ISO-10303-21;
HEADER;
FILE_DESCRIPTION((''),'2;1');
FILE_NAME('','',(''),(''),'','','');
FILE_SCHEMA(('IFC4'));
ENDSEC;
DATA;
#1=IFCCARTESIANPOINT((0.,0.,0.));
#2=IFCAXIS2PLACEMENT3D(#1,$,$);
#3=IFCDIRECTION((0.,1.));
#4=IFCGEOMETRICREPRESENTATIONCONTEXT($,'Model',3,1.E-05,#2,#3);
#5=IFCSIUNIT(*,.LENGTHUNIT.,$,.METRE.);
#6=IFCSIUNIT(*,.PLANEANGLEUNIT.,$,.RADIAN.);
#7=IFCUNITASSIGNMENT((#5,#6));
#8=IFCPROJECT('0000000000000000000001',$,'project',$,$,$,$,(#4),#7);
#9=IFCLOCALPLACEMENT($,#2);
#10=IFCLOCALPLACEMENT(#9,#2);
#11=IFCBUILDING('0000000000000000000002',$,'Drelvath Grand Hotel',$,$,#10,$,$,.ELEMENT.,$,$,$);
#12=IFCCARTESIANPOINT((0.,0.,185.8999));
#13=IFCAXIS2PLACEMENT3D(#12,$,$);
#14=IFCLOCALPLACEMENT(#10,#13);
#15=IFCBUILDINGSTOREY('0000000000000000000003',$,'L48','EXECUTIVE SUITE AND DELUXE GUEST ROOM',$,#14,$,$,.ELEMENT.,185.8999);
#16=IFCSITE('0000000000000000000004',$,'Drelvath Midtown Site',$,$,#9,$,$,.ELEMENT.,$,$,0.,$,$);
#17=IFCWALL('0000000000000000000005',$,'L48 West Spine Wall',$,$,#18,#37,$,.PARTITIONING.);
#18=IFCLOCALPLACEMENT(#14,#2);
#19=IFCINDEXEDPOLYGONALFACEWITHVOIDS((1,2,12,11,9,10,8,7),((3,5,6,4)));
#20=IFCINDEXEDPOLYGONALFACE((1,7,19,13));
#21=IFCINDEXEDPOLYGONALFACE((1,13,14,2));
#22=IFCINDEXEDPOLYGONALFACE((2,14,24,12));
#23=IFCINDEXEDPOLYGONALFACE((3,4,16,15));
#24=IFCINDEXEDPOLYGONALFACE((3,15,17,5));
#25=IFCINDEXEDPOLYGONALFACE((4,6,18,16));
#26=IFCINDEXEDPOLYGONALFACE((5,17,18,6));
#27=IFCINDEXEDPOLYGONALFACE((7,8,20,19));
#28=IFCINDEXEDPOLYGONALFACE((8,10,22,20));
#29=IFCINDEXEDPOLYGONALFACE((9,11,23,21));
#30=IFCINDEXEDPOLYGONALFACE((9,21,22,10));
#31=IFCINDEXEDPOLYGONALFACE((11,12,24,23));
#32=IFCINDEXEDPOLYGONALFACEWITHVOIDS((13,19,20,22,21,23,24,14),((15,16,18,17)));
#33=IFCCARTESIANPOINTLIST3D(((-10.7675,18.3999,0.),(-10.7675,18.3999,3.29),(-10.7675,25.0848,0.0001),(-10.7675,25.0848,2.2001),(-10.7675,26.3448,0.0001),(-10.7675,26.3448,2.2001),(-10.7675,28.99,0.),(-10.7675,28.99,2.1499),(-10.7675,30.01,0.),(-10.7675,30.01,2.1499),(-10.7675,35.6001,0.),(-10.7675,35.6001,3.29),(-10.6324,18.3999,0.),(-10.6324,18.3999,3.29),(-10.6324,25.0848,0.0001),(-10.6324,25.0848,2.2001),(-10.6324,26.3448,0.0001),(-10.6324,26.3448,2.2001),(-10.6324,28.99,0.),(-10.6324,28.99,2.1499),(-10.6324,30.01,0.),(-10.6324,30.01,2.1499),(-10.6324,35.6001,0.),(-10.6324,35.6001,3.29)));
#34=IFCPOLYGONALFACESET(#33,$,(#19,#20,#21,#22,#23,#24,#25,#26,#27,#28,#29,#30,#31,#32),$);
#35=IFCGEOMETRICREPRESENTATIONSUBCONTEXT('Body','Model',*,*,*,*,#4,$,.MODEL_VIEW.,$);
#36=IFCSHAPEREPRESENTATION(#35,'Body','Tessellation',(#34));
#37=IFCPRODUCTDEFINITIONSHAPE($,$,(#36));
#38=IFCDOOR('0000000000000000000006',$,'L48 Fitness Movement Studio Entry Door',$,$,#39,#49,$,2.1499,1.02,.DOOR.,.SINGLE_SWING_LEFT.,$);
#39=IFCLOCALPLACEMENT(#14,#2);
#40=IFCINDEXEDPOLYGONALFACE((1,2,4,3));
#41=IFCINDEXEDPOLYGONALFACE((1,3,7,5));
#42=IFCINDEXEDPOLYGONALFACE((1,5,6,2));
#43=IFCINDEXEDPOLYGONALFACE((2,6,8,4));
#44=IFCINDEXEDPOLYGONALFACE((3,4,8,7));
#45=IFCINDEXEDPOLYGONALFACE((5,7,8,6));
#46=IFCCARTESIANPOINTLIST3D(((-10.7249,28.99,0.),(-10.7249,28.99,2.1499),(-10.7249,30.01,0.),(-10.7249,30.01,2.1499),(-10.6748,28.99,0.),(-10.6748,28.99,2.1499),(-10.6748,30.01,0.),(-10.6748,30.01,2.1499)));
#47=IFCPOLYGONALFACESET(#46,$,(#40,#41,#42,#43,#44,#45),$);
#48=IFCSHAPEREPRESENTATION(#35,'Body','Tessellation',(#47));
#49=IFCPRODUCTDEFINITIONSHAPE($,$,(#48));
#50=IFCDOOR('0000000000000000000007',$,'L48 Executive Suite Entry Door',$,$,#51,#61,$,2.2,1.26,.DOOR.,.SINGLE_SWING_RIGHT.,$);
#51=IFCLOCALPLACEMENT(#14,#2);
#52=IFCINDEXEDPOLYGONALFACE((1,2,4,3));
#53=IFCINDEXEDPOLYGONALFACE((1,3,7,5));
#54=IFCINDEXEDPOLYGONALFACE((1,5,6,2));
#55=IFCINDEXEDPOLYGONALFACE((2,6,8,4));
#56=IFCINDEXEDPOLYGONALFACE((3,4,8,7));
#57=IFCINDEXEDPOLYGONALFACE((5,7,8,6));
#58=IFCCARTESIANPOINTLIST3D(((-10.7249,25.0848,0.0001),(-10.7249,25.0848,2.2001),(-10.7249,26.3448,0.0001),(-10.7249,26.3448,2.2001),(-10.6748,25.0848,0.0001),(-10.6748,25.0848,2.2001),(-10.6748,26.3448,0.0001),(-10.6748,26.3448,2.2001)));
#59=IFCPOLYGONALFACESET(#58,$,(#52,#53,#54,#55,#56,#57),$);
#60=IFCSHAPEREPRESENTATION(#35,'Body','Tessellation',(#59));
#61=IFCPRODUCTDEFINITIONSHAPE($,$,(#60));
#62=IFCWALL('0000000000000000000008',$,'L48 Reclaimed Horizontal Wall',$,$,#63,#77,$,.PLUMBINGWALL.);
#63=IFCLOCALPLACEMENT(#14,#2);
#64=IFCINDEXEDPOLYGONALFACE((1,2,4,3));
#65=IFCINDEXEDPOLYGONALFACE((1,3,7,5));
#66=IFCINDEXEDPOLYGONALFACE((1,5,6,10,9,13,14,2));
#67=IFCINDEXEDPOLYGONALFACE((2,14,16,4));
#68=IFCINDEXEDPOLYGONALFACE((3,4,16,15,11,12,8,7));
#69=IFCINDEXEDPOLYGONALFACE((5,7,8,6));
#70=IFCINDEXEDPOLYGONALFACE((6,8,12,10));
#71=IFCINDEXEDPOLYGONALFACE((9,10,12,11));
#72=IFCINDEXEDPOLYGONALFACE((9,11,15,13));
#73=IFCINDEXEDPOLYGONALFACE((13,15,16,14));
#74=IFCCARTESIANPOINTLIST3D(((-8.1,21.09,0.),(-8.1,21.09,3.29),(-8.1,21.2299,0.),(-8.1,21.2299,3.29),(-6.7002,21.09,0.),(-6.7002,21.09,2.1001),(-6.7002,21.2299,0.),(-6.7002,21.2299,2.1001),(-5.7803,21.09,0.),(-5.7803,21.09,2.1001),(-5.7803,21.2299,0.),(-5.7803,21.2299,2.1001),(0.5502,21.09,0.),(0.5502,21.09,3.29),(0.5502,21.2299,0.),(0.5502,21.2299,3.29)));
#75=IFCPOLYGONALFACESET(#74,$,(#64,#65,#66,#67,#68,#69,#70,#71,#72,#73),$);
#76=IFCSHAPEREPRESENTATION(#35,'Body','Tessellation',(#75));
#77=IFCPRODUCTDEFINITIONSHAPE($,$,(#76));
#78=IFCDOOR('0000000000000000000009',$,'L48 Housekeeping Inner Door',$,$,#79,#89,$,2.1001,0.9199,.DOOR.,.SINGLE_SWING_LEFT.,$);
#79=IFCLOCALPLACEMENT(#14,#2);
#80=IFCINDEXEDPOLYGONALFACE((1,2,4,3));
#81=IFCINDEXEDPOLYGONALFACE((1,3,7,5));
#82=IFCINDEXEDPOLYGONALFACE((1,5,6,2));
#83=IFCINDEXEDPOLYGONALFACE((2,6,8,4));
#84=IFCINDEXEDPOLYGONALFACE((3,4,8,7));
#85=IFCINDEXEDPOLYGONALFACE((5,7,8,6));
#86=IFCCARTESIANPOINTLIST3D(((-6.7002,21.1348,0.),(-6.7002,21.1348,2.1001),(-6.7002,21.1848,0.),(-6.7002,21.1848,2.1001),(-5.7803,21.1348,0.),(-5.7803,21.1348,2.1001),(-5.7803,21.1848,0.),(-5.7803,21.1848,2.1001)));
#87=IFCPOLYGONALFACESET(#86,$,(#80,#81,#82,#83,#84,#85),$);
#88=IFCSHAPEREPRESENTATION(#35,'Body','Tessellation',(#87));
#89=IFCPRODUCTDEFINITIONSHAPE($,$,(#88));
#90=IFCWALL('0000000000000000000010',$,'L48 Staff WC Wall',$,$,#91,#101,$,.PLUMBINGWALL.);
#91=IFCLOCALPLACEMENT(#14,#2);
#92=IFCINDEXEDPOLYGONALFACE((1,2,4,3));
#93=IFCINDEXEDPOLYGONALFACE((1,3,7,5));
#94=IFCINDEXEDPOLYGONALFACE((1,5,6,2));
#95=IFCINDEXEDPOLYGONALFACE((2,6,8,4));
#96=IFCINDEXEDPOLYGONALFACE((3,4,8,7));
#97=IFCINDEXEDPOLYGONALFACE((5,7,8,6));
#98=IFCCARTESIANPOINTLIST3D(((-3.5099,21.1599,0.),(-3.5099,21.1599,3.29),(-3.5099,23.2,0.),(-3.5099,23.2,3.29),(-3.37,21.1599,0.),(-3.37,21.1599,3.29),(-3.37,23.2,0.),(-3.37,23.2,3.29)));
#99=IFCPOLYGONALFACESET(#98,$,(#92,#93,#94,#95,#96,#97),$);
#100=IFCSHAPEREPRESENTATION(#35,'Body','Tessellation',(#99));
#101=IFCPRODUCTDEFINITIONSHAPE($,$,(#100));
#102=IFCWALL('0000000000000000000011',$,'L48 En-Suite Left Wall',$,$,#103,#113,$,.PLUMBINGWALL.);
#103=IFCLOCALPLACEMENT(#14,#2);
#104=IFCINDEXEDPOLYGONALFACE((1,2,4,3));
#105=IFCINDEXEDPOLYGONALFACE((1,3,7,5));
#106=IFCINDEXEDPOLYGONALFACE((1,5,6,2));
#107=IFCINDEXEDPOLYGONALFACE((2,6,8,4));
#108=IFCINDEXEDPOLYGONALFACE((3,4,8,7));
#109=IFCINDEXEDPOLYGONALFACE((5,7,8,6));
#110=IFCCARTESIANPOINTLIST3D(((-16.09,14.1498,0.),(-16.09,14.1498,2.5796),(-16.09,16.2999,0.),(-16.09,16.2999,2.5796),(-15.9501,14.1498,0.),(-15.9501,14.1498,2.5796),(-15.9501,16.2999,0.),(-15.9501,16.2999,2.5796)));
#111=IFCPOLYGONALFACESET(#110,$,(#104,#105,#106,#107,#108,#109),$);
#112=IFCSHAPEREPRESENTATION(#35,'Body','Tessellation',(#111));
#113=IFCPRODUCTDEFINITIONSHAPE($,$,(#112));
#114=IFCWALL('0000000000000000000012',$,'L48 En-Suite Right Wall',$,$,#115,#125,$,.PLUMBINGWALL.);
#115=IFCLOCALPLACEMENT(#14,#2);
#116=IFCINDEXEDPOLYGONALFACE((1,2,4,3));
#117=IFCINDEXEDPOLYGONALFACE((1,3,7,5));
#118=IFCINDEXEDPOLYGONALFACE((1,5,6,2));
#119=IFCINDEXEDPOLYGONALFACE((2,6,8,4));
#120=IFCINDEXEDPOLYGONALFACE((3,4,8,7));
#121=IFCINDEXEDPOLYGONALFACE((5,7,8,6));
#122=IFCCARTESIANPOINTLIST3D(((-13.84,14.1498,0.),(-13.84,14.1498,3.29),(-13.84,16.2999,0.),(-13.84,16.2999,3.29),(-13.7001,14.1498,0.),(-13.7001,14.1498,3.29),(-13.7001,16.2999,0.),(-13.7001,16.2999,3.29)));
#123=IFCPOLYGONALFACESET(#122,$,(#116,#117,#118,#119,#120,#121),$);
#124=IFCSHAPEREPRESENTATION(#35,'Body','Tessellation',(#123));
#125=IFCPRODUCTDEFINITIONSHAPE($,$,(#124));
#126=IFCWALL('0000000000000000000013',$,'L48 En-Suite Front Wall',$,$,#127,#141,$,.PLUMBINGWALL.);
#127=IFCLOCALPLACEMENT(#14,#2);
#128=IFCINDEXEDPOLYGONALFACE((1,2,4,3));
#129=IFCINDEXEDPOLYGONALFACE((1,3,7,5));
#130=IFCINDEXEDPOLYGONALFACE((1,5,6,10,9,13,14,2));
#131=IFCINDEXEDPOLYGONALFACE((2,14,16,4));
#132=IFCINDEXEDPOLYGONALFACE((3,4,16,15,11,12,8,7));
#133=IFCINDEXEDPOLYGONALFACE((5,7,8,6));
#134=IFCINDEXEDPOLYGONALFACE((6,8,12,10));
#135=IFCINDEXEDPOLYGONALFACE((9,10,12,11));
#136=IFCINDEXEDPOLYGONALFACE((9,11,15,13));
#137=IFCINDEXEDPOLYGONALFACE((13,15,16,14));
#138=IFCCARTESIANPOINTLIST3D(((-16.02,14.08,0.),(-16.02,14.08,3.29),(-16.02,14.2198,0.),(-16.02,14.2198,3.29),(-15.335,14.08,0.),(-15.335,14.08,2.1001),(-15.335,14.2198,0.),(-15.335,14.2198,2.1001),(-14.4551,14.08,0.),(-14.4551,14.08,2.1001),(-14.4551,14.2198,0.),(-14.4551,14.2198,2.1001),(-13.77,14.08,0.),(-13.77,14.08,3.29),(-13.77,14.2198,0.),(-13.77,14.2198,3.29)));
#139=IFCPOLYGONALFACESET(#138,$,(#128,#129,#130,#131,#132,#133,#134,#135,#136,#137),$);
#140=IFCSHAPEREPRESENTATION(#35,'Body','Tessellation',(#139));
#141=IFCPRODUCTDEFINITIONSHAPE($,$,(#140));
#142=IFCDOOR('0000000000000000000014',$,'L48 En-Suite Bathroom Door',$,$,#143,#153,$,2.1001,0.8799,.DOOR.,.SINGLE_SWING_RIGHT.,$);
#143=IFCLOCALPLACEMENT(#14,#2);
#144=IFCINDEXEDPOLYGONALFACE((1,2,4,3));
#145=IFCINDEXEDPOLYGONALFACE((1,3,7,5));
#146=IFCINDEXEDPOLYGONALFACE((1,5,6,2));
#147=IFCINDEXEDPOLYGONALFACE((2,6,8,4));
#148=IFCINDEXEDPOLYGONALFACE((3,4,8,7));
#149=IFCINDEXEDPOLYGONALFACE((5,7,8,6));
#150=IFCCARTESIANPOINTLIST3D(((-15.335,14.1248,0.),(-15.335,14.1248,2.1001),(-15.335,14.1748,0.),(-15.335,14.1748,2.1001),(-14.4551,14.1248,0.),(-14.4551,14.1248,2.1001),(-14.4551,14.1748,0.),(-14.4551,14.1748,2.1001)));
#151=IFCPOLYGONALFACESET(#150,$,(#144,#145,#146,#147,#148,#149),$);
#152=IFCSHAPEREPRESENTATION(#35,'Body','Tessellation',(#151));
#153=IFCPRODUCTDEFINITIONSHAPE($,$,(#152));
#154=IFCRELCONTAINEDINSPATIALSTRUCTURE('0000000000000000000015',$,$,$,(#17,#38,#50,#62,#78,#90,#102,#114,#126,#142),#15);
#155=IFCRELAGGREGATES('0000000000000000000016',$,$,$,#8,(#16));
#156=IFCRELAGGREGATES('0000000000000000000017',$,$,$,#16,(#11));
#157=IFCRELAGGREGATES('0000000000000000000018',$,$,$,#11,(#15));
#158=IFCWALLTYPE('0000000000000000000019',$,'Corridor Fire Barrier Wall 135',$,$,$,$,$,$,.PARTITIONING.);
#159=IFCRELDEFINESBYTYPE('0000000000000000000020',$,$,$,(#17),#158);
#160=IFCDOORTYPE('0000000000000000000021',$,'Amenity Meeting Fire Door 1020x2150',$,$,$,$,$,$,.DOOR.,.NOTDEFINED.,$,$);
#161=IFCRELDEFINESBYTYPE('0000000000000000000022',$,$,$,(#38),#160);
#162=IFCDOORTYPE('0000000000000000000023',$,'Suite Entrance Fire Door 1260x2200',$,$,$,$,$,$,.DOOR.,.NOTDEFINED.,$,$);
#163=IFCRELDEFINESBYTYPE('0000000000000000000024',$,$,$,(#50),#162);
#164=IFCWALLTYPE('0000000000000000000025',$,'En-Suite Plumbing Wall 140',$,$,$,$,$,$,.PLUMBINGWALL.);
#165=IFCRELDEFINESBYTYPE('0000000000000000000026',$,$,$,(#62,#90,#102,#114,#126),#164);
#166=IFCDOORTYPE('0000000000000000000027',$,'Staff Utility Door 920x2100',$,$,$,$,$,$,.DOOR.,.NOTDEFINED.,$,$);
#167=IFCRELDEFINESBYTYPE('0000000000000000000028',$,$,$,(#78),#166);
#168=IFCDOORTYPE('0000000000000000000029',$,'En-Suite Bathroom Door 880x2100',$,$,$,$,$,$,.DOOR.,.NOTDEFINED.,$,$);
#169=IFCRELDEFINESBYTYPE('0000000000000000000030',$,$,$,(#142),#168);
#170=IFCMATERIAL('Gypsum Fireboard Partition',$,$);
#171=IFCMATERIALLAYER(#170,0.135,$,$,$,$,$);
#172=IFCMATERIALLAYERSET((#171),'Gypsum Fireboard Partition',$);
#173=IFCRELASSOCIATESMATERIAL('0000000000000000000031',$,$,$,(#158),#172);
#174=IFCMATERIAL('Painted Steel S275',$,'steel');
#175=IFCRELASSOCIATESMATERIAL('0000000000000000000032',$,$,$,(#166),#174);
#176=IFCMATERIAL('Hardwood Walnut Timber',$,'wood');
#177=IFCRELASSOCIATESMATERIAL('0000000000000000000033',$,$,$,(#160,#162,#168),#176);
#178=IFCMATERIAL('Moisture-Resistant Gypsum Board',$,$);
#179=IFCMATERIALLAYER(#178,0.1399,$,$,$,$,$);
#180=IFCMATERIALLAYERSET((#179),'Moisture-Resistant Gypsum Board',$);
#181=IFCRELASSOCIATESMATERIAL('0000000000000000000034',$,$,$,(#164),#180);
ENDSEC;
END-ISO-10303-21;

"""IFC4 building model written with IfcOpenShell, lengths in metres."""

from ifc_helpers import new_model, si_unit, direction, frame, frame_2d, origin, place, context, subcontext, project, spatial, rectangle, extrude, material, layer, layer_set, type_object, element, fill, save


model = new_model("IFC4")

# Units and contexts
model_context = context("Model", 3, precision=1e-05, world=origin(), true_north=direction((0.0, 1.0)))
body_context = subcontext(model_context, "Body", "Model", "MODEL_VIEW")
ifc_project = project(units=[si_unit("LENGTHUNIT", "METRE"), si_unit("PLANEANGLEUNIT", "RADIAN")], contexts=[model_context])

# Site, building, storey
site_placement = place(None, origin())
site = spatial("IfcSite", under=ifc_project, at=site_placement, Name="Drelvath Midtown Site", CompositionType="ELEMENT", RefElevation=0.0)
building_placement = place(site_placement, origin())
building = spatial("IfcBuilding", under=site, at=building_placement, Name="Drelvath Grand Hotel", CompositionType="ELEMENT")
storey_placement = place(building_placement, frame((0.0, 0.0, 185.8999)))
storey = spatial("IfcBuildingStorey", under=building, at=storey_placement, Name="L48", Description="EXECUTIVE SUITE AND DELUXE GUEST ROOM", CompositionType="ELEMENT", Elevation=185.8999)

# Shared definitions
ifc_material_1 = material(Name="Gypsum Fireboard Partition")
ifc_layer_1 = layer(ifc_material_1, 0.135)
ifc_layer_set_1 = layer_set([ifc_layer_1], Name="Gypsum Fireboard Partition")
wall_type_1 = type_object("IfcWallType", Name="Corridor Fire Barrier Wall 135", PredefinedType="PARTITIONING", material=ifc_layer_set_1)
ifc_material_2 = material(Name="Painted Steel S275", Category="steel")
door_type_1 = type_object("IfcDoorType", Name="Staff Utility Door 920x2100", OperationType="NOTDEFINED", PredefinedType="DOOR", material=ifc_material_2)

# Wall, openings, doors
wall_1_placement = place(storey_placement, frame((-10.7, 18.3999, 0.0), z_axis=(0.0, 0.0, 1.0), x_axis=(0.0, 1.0, 0.0)))
wall_1 = element("IfcWall", 1, at=wall_1_placement, inside=storey, type_object=wall_type_1, Name="L48 West Spine Wall", PredefinedType="PARTITIONING", context=body_context, shape_type="SweptSolid", body=[
    extrude(rectangle(XDim=17.2002, YDim=0.135, at=frame_2d((8.6001, 0.0))), origin(), (0.0, 0.0, 1.0), 3.29),
])
opening_1_placement = place(wall_1_placement, frame((6.6851, 0.0, 0.0)))
opening_1 = element("IfcOpeningElement", 2, at=opening_1_placement, cuts=wall_1, PredefinedType="OPENING", context=body_context, shape_type="SweptSolid", body=[
    extrude(rectangle(XDim=1.26, YDim=2.2, at=frame_2d((0.6299, 1.1001))), frame((0.0, 0.0774, 0.0), z_axis=(0.0, -1.0, 0.0), x_axis=(1.0, 0.0, 0.0)), (0.0, 0.0, 1.0), 0.155),
])
opening_2_placement = place(wall_1_placement, frame((10.5901, 0.0, 0.0)))
opening_2 = element("IfcOpeningElement", 3, at=opening_2_placement, cuts=wall_1, PredefinedType="OPENING", context=body_context, shape_type="SweptSolid", body=[
    extrude(rectangle(XDim=1.02, YDim=2.1499, at=frame_2d((0.51, 1.075))), frame((0.0, 0.0774, 0.0), z_axis=(0.0, -1.0, 0.0), x_axis=(1.0, 0.0, 0.0)), (0.0, 0.0, 1.0), 0.155),
])
ifc_material_3 = material(Name="Hardwood Walnut Timber", Category="wood")
door_type_2 = type_object("IfcDoorType", Name="Amenity Meeting Fire Door 1020x2150", OperationType="NOTDEFINED", PredefinedType="DOOR", material=ifc_material_3)
door_1_placement = place(opening_2_placement, origin())
door_1 = element("IfcDoor", 4, at=door_1_placement, inside=storey, type_object=door_type_2, Name="L48 Fitness Movement Studio Entry Door", OperationType="SINGLE_SWING_LEFT", OverallHeight=2.1499, OverallWidth=1.02, PredefinedType="DOOR", context=body_context, shape_type="SweptSolid", body=[
    extrude(rectangle(XDim=1.02, YDim=2.1499, at=frame_2d((0.51, 1.075))), frame((0.0, 0.0249, 0.0), z_axis=(0.0, -1.0, 0.0), x_axis=(1.0, 0.0, 0.0)), (0.0, 0.0, 1.0), 0.05),
])
fill(opening_2, door_1)
door_type_3 = type_object("IfcDoorType", Name="Suite Entrance Fire Door 1260x2200", OperationType="NOTDEFINED", PredefinedType="DOOR", material=ifc_material_3)
door_2_placement = place(opening_1_placement, origin())
door_2 = element("IfcDoor", 5, at=door_2_placement, inside=storey, type_object=door_type_3, Name="L48 Executive Suite Entry Door", OperationType="SINGLE_SWING_RIGHT", OverallHeight=2.2, OverallWidth=1.26, PredefinedType="DOOR", context=body_context, shape_type="SweptSolid", body=[
    extrude(rectangle(XDim=1.26, YDim=2.2, at=frame_2d((0.6299, 1.1001))), frame((0.0, 0.0249, 0.0), z_axis=(0.0, -1.0, 0.0), x_axis=(1.0, 0.0, 0.0)), (0.0, 0.0, 1.0), 0.05),
])
fill(opening_1, door_2)

# Wall, opening, door
ifc_material_4 = material(Name="Moisture-Resistant Gypsum Board")
ifc_layer_2 = layer(ifc_material_4, 0.1399)
ifc_layer_set_2 = layer_set([ifc_layer_2], Name="Moisture-Resistant Gypsum Board")
wall_type_2 = type_object("IfcWallType", Name="En-Suite Plumbing Wall 140", PredefinedType="PLUMBINGWALL", material=ifc_layer_set_2)
wall_2_placement = place(storey_placement, frame((-8.1001, 21.1599, 0.0), z_axis=(0.0, 0.0, 1.0), x_axis=(1.0, 0.0, 0.0)))
wall_2 = element("IfcWall", 6, at=wall_2_placement, inside=storey, type_object=wall_type_2, Name="L48 Reclaimed Horizontal Wall", PredefinedType="PLUMBINGWALL", context=body_context, shape_type="SweptSolid", body=[
    extrude(rectangle(XDim=8.6501, YDim=0.1399, at=frame_2d((4.3252, 0.0))), origin(), (0.0, 0.0, 1.0), 3.29),
])
opening_3_placement = place(wall_2_placement, frame((1.3999, 0.0, 0.0)))
opening_3 = element("IfcOpeningElement", 7, at=opening_3_placement, cuts=wall_2, PredefinedType="OPENING", context=body_context, shape_type="SweptSolid", body=[
    extrude(rectangle(XDim=0.9199, YDim=2.1001, at=frame_2d((0.46, 1.05))), frame((0.0, 0.0798, 0.0), z_axis=(0.0, -1.0, 0.0), x_axis=(1.0, 0.0, 0.0)), (0.0, 0.0, 1.0), 0.1599),
])
door_3_placement = place(opening_3_placement, origin())
door_3 = element("IfcDoor", 8, at=door_3_placement, inside=storey, type_object=door_type_1, Name="L48 Housekeeping Inner Door", OperationType="SINGLE_SWING_LEFT", OverallHeight=2.1001, OverallWidth=0.9199, PredefinedType="DOOR", context=body_context, shape_type="SweptSolid", body=[
    extrude(rectangle(XDim=0.9199, YDim=2.1001, at=frame_2d((0.46, 1.05))), frame((0.0, 0.0249, 0.0), z_axis=(0.0, -1.0, 0.0), x_axis=(1.0, 0.0, 0.0)), (0.0, 0.0, 1.0), 0.05),
])
fill(opening_3, door_3)

# Walls
wall_3_placement = place(storey_placement, frame((-3.4399, 21.1599, 0.0), z_axis=(0.0, 0.0, 1.0), x_axis=(0.0, 1.0, 0.0)))
element("IfcWall", 9, at=wall_3_placement, inside=storey, type_object=wall_type_2, Name="L48 Staff WC Wall", PredefinedType="PLUMBINGWALL", context=body_context, shape_type="SweptSolid", body=[
    extrude(rectangle(XDim=2.04, YDim=0.1399, at=frame_2d((1.02, 0.0))), origin(), (0.0, 0.0, 1.0), 3.29),
])
wall_4_placement = place(storey_placement, frame((-16.02, 16.3, 0.0), z_axis=(0.0, 0.0, 1.0), x_axis=(0.0, -1.0, 0.0)))
element("IfcWall", 10, at=wall_4_placement, inside=storey, type_object=wall_type_2, Name="L48 En-Suite Left Wall", PredefinedType="PLUMBINGWALL", context=body_context, shape_type="SweptSolid", body=[
    extrude(rectangle(XDim=2.1501, YDim=0.1399, at=frame_2d((1.0752, 0.0))), origin(), (0.0, 0.0, 1.0), 2.5796),
])
wall_5_placement = place(storey_placement, frame((-13.77, 16.3, 0.0), z_axis=(0.0, 0.0, 1.0), x_axis=(0.0, -1.0, 0.0)))
element("IfcWall", 11, at=wall_5_placement, inside=storey, type_object=wall_type_2, Name="L48 En-Suite Right Wall", PredefinedType="PLUMBINGWALL", context=body_context, shape_type="SweptSolid", body=[
    extrude(rectangle(XDim=2.1501, YDim=0.1399, at=frame_2d((1.0752, 0.0))), origin(), (0.0, 0.0, 1.0), 3.29),
])

# Wall, opening, door
wall_6_placement = place(storey_placement, frame((-16.02, 14.1499, 0.0), z_axis=(0.0, 0.0, 1.0), x_axis=(1.0, 0.0, 0.0)))
wall_6 = element("IfcWall", 12, at=wall_6_placement, inside=storey, type_object=wall_type_2, Name="L48 En-Suite Front Wall", PredefinedType="PLUMBINGWALL", context=body_context, shape_type="SweptSolid", body=[
    extrude(rectangle(XDim=2.25, YDim=0.1399, at=frame_2d((1.125, 0.0))), origin(), (0.0, 0.0, 1.0), 3.29),
])
opening_4_placement = place(wall_6_placement, frame((0.6851, 0.0, 0.0)))
opening_4 = element("IfcOpeningElement", 13, at=opening_4_placement, cuts=wall_6, PredefinedType="OPENING", context=body_context, shape_type="SweptSolid", body=[
    extrude(rectangle(XDim=0.8799, YDim=2.1001, at=frame_2d((0.4399, 1.05))), frame((0.0, 0.0798, 0.0), z_axis=(0.0, -1.0, 0.0), x_axis=(1.0, 0.0, 0.0)), (0.0, 0.0, 1.0), 0.1599),
])
door_type_4 = type_object("IfcDoorType", Name="En-Suite Bathroom Door 880x2100", OperationType="NOTDEFINED", PredefinedType="DOOR", material=ifc_material_3)
door_4_placement = place(opening_4_placement, origin())
door_4 = element("IfcDoor", 14, at=door_4_placement, inside=storey, type_object=door_type_4, Name="L48 En-Suite Bathroom Door", OperationType="SINGLE_SWING_RIGHT", OverallHeight=2.1001, OverallWidth=0.8799, PredefinedType="DOOR", context=body_context, shape_type="SweptSolid", body=[
    extrude(rectangle(XDim=0.8799, YDim=2.1001, at=frame_2d((0.4399, 1.05))), frame((0.0, 0.0249, 0.0), z_axis=(0.0, -1.0, 0.0), x_axis=(1.0, 0.0, 0.0)), (0.0, 0.0, 1.0), 0.05),
])
fill(opening_4, door_4)

save(model, "model.ifc")
